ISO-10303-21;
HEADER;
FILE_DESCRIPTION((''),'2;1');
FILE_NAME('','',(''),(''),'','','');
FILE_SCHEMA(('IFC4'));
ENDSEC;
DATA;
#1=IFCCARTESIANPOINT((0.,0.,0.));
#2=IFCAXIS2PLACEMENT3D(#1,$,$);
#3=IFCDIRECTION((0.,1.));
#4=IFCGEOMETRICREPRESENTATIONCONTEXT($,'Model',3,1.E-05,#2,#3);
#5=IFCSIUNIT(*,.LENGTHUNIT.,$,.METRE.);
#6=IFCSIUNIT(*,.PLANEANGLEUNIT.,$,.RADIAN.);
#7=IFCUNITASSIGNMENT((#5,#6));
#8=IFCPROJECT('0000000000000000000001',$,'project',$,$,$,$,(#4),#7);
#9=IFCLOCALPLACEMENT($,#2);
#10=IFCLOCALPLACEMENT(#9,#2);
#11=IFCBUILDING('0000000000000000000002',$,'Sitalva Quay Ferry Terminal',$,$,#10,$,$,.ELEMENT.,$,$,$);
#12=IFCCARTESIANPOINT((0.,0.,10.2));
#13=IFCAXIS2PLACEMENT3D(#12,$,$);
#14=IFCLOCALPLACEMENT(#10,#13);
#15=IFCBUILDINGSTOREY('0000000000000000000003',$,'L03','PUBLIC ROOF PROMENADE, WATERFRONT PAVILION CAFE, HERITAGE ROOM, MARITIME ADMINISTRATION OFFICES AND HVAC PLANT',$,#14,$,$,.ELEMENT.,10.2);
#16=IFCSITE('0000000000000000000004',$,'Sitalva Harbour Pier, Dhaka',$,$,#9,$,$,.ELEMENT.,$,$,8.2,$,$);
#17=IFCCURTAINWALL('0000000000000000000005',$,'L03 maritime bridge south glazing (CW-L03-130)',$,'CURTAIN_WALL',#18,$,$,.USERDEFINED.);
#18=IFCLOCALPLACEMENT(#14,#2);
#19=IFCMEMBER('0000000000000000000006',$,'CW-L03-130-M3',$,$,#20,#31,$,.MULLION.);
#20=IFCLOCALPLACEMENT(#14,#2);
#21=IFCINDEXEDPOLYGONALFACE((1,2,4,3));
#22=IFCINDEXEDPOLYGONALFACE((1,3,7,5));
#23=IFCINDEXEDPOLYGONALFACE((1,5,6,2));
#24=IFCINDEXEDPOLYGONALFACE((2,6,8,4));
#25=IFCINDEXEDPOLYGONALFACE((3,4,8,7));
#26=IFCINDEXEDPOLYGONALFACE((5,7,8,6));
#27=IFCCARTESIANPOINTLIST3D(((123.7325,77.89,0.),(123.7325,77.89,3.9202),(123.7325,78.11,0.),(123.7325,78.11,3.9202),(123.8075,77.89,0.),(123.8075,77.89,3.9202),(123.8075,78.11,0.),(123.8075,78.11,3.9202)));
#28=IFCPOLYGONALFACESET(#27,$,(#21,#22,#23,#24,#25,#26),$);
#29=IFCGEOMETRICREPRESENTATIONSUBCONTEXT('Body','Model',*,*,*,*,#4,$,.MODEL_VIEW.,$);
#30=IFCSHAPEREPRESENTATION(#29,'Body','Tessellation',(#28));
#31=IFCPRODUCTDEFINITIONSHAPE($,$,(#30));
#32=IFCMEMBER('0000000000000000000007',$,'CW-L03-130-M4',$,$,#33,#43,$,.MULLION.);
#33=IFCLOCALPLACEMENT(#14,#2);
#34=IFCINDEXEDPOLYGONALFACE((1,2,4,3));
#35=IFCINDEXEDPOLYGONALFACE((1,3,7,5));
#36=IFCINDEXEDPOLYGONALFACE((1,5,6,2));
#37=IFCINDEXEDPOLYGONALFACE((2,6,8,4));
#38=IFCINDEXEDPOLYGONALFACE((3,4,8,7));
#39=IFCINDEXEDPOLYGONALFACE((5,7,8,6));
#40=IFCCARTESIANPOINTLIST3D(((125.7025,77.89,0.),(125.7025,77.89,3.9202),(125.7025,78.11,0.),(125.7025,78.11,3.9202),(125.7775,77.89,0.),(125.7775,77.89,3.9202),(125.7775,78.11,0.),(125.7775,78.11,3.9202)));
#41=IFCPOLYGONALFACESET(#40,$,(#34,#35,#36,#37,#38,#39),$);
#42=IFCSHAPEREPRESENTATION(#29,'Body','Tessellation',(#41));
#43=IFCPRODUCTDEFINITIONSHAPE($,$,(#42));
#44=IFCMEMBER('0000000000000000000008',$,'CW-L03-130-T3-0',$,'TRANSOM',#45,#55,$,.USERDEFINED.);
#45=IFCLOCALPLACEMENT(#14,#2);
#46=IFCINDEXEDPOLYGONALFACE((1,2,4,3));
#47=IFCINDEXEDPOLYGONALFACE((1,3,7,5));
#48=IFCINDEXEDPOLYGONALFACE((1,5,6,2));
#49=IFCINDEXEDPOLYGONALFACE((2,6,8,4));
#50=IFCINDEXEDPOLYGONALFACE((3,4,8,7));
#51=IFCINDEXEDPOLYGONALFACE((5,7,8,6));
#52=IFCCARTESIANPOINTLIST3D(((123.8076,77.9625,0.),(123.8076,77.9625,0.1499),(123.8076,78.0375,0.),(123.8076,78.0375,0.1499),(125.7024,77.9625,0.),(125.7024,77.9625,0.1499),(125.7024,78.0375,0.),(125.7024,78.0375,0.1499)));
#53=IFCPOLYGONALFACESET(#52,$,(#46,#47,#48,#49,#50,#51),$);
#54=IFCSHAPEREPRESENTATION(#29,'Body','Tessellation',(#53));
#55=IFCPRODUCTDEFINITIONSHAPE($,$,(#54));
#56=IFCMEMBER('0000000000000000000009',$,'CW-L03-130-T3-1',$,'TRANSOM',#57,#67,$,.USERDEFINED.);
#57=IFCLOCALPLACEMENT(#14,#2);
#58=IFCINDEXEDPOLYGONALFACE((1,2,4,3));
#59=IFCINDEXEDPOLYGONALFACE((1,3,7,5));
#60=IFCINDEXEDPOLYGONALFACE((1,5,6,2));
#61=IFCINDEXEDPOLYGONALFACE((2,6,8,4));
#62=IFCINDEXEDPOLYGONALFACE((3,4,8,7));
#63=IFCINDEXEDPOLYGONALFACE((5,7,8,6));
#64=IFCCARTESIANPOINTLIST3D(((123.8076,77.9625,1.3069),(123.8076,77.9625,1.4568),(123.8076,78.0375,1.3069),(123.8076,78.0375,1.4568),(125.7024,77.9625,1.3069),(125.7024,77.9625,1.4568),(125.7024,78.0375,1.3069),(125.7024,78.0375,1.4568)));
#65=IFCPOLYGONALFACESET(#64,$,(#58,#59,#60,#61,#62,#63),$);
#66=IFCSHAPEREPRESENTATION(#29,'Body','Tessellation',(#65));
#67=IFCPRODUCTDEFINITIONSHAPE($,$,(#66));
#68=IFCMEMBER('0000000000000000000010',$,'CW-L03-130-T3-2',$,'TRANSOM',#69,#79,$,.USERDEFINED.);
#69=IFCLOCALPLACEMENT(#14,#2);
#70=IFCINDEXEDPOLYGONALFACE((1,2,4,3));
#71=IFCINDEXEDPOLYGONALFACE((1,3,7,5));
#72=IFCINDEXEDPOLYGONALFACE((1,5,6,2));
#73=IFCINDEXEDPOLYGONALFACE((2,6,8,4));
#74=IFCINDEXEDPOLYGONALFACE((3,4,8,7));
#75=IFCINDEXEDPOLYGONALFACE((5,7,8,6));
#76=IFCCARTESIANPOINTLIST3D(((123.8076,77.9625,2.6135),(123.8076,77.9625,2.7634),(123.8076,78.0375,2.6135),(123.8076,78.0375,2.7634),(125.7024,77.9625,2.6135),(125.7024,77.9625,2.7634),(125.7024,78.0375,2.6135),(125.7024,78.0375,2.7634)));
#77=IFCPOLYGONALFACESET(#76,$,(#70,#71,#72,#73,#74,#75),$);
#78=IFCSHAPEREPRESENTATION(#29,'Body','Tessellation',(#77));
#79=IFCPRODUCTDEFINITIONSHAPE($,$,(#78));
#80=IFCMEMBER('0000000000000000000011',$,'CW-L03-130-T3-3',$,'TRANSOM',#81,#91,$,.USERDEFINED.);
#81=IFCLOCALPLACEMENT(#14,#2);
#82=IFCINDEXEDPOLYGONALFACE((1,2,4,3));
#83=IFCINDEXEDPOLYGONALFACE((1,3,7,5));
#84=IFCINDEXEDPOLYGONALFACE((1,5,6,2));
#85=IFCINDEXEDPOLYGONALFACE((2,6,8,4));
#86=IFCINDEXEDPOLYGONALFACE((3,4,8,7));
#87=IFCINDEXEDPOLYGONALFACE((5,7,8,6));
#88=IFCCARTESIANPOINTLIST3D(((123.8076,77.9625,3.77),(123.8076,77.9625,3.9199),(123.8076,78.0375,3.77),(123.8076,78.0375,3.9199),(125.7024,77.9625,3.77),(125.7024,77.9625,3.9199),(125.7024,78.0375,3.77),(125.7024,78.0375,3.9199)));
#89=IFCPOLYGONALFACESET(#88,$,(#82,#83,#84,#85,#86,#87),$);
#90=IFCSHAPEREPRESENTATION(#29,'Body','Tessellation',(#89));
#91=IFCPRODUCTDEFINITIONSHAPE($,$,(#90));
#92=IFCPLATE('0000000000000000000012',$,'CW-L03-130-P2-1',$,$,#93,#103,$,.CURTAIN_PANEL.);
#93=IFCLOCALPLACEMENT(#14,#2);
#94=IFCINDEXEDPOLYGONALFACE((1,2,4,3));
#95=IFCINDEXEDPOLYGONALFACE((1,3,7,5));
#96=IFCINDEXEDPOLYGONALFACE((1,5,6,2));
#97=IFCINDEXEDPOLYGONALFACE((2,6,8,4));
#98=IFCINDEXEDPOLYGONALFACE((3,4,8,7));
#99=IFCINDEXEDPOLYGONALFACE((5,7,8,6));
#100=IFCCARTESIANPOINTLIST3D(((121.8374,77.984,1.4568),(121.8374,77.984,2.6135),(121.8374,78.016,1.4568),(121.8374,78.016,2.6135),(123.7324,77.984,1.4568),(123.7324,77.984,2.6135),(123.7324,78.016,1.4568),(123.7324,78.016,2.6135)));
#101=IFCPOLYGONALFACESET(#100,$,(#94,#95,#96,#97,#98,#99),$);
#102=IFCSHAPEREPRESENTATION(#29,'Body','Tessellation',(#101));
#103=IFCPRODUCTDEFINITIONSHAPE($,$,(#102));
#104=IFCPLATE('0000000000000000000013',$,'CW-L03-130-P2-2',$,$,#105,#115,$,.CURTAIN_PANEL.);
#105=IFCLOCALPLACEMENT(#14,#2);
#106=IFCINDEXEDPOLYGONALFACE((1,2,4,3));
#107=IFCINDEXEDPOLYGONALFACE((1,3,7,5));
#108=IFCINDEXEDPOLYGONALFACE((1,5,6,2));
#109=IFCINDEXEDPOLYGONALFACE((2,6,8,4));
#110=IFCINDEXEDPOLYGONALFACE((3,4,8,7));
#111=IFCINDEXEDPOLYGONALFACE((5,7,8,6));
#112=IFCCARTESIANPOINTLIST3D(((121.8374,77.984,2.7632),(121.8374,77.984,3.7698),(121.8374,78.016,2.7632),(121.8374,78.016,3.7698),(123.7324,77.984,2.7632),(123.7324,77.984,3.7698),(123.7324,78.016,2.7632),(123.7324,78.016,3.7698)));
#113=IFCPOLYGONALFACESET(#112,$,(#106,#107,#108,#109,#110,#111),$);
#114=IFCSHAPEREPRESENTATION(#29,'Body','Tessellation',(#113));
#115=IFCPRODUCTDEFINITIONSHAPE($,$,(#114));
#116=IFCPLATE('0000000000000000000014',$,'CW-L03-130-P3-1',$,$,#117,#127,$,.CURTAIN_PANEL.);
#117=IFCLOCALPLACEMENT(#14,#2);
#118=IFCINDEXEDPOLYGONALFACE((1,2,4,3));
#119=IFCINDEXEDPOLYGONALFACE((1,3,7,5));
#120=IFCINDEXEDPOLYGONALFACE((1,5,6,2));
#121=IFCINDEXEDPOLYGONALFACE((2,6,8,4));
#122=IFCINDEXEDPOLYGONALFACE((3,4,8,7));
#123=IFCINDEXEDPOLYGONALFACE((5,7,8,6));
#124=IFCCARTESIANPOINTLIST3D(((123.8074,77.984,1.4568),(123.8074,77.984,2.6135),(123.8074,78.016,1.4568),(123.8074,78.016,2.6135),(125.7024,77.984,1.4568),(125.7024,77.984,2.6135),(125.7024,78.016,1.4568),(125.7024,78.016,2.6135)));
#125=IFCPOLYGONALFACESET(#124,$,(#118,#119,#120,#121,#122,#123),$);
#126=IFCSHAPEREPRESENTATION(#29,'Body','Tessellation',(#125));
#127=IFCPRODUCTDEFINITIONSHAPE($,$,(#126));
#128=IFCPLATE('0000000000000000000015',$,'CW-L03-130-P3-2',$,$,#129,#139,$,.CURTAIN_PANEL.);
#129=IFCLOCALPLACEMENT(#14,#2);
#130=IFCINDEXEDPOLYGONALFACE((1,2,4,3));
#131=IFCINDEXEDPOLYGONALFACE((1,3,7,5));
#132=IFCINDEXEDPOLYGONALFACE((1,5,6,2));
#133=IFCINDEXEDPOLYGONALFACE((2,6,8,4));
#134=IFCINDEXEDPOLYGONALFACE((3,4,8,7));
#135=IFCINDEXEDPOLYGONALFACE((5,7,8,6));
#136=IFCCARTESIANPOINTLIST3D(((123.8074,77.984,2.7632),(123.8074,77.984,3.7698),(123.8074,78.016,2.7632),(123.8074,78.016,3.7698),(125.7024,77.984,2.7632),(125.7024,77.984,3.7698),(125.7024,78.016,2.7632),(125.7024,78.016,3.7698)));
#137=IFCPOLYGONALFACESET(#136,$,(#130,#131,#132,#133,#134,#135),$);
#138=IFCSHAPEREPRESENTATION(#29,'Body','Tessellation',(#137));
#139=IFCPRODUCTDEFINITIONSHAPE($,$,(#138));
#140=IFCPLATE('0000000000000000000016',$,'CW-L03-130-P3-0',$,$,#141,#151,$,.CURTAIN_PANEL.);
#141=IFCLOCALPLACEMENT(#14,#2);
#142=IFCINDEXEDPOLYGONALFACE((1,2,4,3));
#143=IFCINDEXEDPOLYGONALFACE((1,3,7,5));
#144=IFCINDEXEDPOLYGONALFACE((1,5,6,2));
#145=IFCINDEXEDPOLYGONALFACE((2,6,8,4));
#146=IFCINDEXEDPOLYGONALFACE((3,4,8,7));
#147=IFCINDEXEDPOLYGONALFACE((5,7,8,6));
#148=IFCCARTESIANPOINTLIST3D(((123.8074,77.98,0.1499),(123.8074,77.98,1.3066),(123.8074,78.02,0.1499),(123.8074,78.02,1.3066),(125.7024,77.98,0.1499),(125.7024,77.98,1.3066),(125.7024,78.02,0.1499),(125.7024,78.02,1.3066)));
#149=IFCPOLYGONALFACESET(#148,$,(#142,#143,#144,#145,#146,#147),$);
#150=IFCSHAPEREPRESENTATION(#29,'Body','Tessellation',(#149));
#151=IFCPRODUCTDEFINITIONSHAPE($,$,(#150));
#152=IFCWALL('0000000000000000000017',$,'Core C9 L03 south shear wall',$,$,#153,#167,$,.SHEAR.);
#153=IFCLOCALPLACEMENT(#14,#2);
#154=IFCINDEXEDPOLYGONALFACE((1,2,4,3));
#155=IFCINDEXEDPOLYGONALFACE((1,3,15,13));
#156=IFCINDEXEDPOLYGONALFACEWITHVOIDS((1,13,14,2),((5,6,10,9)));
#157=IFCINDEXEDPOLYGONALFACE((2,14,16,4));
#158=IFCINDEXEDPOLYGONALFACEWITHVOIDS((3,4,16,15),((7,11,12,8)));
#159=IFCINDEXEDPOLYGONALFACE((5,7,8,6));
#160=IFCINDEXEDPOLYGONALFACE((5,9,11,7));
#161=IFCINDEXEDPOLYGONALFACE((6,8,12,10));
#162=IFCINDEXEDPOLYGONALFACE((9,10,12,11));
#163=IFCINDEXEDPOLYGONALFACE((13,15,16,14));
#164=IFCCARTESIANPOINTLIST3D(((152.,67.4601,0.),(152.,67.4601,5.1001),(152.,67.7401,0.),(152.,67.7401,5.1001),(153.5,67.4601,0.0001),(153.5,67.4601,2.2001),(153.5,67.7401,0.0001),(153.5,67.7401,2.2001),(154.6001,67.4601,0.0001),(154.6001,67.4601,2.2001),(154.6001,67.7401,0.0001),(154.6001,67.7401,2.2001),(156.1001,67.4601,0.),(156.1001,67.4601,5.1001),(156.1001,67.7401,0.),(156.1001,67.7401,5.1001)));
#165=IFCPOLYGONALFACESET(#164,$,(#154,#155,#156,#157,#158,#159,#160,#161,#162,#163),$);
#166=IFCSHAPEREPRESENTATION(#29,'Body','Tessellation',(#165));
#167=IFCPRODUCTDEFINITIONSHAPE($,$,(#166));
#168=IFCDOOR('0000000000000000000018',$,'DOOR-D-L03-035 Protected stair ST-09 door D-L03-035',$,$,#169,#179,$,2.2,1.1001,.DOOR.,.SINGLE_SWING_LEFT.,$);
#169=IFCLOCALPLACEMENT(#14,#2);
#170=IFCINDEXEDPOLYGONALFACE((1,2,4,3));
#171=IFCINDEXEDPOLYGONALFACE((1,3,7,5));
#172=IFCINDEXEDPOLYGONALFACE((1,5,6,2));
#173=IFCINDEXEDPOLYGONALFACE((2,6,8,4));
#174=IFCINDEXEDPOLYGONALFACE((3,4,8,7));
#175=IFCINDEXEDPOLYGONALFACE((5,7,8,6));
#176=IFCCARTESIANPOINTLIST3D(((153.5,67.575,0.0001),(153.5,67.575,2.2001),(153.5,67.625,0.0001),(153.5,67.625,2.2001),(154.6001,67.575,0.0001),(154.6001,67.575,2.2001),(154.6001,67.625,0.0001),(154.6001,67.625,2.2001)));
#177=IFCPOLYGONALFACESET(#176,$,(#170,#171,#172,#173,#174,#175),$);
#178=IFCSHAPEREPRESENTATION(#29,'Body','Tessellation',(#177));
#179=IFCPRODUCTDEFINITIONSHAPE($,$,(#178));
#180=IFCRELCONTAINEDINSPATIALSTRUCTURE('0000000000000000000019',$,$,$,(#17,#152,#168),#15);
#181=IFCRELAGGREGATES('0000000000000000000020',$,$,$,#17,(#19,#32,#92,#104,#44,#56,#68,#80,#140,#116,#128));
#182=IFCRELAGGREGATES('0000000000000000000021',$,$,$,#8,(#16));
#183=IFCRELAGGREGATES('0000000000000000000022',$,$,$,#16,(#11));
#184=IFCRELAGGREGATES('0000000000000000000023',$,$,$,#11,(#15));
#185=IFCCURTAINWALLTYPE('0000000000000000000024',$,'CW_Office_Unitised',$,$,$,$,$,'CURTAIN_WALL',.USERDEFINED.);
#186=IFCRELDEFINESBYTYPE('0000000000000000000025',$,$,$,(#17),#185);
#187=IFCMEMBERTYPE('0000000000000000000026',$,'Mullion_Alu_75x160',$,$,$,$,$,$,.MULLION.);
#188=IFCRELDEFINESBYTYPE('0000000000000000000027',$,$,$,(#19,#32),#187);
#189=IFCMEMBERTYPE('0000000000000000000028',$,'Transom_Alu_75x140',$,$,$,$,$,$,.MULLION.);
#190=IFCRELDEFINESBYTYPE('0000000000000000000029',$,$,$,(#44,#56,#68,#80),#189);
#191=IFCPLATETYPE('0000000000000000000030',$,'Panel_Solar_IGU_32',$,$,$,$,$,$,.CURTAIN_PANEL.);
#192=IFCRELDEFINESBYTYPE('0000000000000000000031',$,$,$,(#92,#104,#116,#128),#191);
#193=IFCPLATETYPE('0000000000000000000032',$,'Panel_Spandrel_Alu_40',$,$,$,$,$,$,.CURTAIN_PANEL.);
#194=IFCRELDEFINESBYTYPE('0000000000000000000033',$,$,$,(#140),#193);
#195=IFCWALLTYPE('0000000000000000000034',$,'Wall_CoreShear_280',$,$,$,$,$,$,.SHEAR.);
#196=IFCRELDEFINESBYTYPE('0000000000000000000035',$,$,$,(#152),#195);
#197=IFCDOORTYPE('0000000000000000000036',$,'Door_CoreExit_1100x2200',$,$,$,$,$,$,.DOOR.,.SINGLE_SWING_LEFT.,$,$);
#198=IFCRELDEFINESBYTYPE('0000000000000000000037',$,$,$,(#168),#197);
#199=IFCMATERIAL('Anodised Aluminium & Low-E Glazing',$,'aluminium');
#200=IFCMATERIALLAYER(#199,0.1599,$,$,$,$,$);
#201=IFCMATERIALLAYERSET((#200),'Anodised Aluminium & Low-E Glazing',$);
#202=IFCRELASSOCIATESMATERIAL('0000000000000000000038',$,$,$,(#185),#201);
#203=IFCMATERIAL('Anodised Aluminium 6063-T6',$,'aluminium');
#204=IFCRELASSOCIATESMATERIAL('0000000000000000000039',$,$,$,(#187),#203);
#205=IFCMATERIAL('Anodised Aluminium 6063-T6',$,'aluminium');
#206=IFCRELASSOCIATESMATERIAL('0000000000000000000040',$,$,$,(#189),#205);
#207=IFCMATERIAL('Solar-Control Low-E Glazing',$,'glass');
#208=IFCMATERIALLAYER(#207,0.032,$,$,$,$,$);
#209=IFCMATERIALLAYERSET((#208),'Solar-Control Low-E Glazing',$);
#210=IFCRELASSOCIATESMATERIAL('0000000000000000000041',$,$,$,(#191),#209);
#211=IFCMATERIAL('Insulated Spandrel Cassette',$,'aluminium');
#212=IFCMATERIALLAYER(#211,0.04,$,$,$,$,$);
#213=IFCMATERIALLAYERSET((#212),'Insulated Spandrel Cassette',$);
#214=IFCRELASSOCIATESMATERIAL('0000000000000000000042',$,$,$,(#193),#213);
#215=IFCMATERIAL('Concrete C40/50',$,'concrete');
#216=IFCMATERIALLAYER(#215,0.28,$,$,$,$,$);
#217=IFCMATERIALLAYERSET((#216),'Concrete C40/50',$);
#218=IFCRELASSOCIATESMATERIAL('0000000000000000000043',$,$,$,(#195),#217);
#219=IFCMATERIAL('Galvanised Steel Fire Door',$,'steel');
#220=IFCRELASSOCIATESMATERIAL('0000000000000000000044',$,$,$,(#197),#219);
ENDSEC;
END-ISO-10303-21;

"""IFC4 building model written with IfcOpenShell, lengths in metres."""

from ifc_helpers import new_model, si_unit, direction, frame, frame_2d, origin, origin_2d, place, context, subcontext, project, spatial, rectangle, extrude, material, layer, layer_set, material_profile, profile_set, type_object, element, fill, aggregate, save


model = new_model("IFC4")

# Units and contexts
model_context = context("Model", 3, precision=1e-05, world=origin(), true_north=direction((0.0, 1.0)))
body_context = subcontext(model_context, "Body", "Model", "MODEL_VIEW")
ifc_project = project(units=[si_unit("LENGTHUNIT", "METRE"), si_unit("PLANEANGLEUNIT", "RADIAN")], contexts=[model_context])

# Site, building, storey
site_placement = place(None, origin())
site = spatial("IfcSite", under=ifc_project, at=site_placement, Name="Sitalva Harbour Pier, Dhaka", CompositionType="ELEMENT", RefElevation=8.2)
building_placement = place(site_placement, origin())
building = spatial("IfcBuilding", under=site, at=building_placement, Name="Sitalva Quay Ferry Terminal", CompositionType="ELEMENT")
storey_placement = place(building_placement, frame((0.0, 0.0, 10.2)))
storey = spatial("IfcBuildingStorey", under=building, at=storey_placement, Name="L03", Description="PUBLIC ROOF PROMENADE, WATERFRONT PAVILION CAFE, HERITAGE ROOM, MARITIME ADMINISTRATION OFFICES AND HVAC PLANT", CompositionType="ELEMENT", Elevation=10.2)

# Curtain wall, members, plates
ifc_material_1 = material(Name="Anodised Aluminium & Low-E Glazing", Category="aluminium")
ifc_layer_1 = layer(ifc_material_1, 0.1599)
ifc_layer_set_1 = layer_set([ifc_layer_1], Name="Anodised Aluminium & Low-E Glazing")
curtain_wall_type = type_object("IfcCurtainWallType", Name="CW_Office_Unitised", ElementType="CURTAIN_WALL", PredefinedType="USERDEFINED", material=ifc_layer_set_1)
curtain_wall_placement = place(storey_placement, origin())
curtain_wall = element("IfcCurtainWall", 1, at=curtain_wall_placement, inside=storey, type_object=curtain_wall_type, Name="L03 maritime bridge south glazing (CW-L03-130)", ObjectType="CURTAIN_WALL", PredefinedType="USERDEFINED")
ifc_material_2 = material(Name="Anodised Aluminium 6063-T6", Category="aluminium")
ifc_material_profile_1 = material_profile(ifc_material_2, rectangle(XDim=0.075, YDim=0.22, at=origin_2d()), Name="ALU75x220")
ifc_profile_set_1 = profile_set([ifc_material_profile_1], Name="Anodised Aluminium 6063-T6")
member_type_1 = type_object("IfcMemberType", Name="Mullion_Alu_75x160", PredefinedType="MULLION", material=ifc_profile_set_1)
member_1_placement = place(storey_placement, frame((123.77, 78.0, 0.0), z_axis=(0.0, 0.0, 1.0), x_axis=(1.0, 0.0, 0.0)))
member_1 = element("IfcMember", 2, at=member_1_placement, type_object=member_type_1, Name="CW-L03-130-M3", PredefinedType="MULLION", context=body_context, shape_type="SweptSolid", body=[
    extrude(rectangle(XDim=0.075, YDim=0.22, at=origin_2d()), origin(), (0.0, 0.0, 1.0), 3.9202),
])
member_2_placement = place(storey_placement, frame((125.74, 78.0, 0.0), z_axis=(0.0, 0.0, 1.0), x_axis=(1.0, 0.0, 0.0)))
member_2 = element("IfcMember", 3, at=member_2_placement, type_object=member_type_1, Name="CW-L03-130-M4", PredefinedType="MULLION", context=body_context, shape_type="SweptSolid", body=[
    extrude(rectangle(XDim=0.075, YDim=0.22, at=origin_2d()), origin(), (0.0, 0.0, 1.0), 3.9202),
])
ifc_material_3 = material(Name="Anodised Aluminium 6063-T6", Category="aluminium")
ifc_material_profile_2 = material_profile(ifc_material_3, rectangle(XDim=0.075, YDim=0.1499, at=origin_2d()), Name="ALU75x150")
ifc_profile_set_2 = profile_set([ifc_material_profile_2], Name="Anodised Aluminium 6063-T6")
member_type_2 = type_object("IfcMemberType", Name="Transom_Alu_75x140", PredefinedType="MULLION", material=ifc_profile_set_2)
member_3_placement = place(storey_placement, frame((123.8076, 78.0, 0.075), z_axis=(1.0, 0.0, 0.0), x_axis=(0.0, 1.0, 0.0)))
member_3 = element("IfcMember", 4, at=member_3_placement, type_object=member_type_2, Name="CW-L03-130-T3-0", ObjectType="TRANSOM", PredefinedType="USERDEFINED", context=body_context, shape_type="SweptSolid", body=[
    extrude(rectangle(XDim=0.075, YDim=0.1499, at=origin_2d()), origin(), (0.0, 0.0, 1.0), 1.8948),
])
member_4_placement = place(storey_placement, frame((123.8076, 78.0, 1.3818), z_axis=(1.0, 0.0, 0.0), x_axis=(0.0, 1.0, 0.0)))
member_4 = element("IfcMember", 5, at=member_4_placement, type_object=member_type_2, Name="CW-L03-130-T3-1", ObjectType="TRANSOM", PredefinedType="USERDEFINED", context=body_context, shape_type="SweptSolid", body=[
    extrude(rectangle(XDim=0.075, YDim=0.1499, at=origin_2d()), origin(), (0.0, 0.0, 1.0), 1.8948),
])
member_5_placement = place(storey_placement, frame((123.8076, 78.0, 2.6885), z_axis=(1.0, 0.0, 0.0), x_axis=(0.0, 1.0, 0.0)))
member_5 = element("IfcMember", 6, at=member_5_placement, type_object=member_type_2, Name="CW-L03-130-T3-2", ObjectType="TRANSOM", PredefinedType="USERDEFINED", context=body_context, shape_type="SweptSolid", body=[
    extrude(rectangle(XDim=0.075, YDim=0.1499, at=origin_2d()), origin(), (0.0, 0.0, 1.0), 1.8948),
])
member_6_placement = place(storey_placement, frame((123.8076, 78.0, 3.845), z_axis=(1.0, 0.0, 0.0), x_axis=(0.0, 1.0, 0.0)))
member_6 = element("IfcMember", 7, at=member_6_placement, type_object=member_type_2, Name="CW-L03-130-T3-3", ObjectType="TRANSOM", PredefinedType="USERDEFINED", context=body_context, shape_type="SweptSolid", body=[
    extrude(rectangle(XDim=0.075, YDim=0.1499, at=origin_2d()), origin(), (0.0, 0.0, 1.0), 1.8948),
])
ifc_material_4 = material(Name="Solar-Control Low-E Glazing", Category="glass")
ifc_layer_2 = layer(ifc_material_4, 0.032)
ifc_layer_set_2 = layer_set([ifc_layer_2], Name="Solar-Control Low-E Glazing")
plate_type_1 = type_object("IfcPlateType", Name="Panel_Solar_IGU_32", PredefinedType="CURTAIN_PANEL", material=ifc_layer_set_2)
plate_1_placement = place(storey_placement, frame((122.7849, 78.0, 1.4568), z_axis=(0.0, 0.0, 1.0), x_axis=(1.0, 0.0, 0.0)))
plate_1 = element("IfcPlate", 8, at=plate_1_placement, type_object=plate_type_1, Name="CW-L03-130-P2-1", PredefinedType="CURTAIN_PANEL", context=body_context, shape_type="SweptSolid", body=[
    extrude(rectangle(XDim=1.895, YDim=0.032, at=origin_2d()), origin(), (0.0, 0.0, 1.0), 1.1567),
])
plate_2_placement = place(storey_placement, frame((122.7849, 78.0, 2.7632), z_axis=(0.0, 0.0, 1.0), x_axis=(1.0, 0.0, 0.0)))
plate_2 = element("IfcPlate", 9, at=plate_2_placement, type_object=plate_type_1, Name="CW-L03-130-P2-2", PredefinedType="CURTAIN_PANEL", context=body_context, shape_type="SweptSolid", body=[
    extrude(rectangle(XDim=1.895, YDim=0.032, at=origin_2d()), origin(), (0.0, 0.0, 1.0), 1.0066),
])
plate_3_placement = place(storey_placement, frame((124.7549, 78.0, 1.4568), z_axis=(0.0, 0.0, 1.0), x_axis=(1.0, 0.0, 0.0)))
plate_3 = element("IfcPlate", 10, at=plate_3_placement, type_object=plate_type_1, Name="CW-L03-130-P3-1", PredefinedType="CURTAIN_PANEL", context=body_context, shape_type="SweptSolid", body=[
    extrude(rectangle(XDim=1.895, YDim=0.032, at=origin_2d()), origin(), (0.0, 0.0, 1.0), 1.1567),
])
plate_4_placement = place(storey_placement, frame((124.7549, 78.0, 2.7632), z_axis=(0.0, 0.0, 1.0), x_axis=(1.0, 0.0, 0.0)))
plate_4 = element("IfcPlate", 11, at=plate_4_placement, type_object=plate_type_1, Name="CW-L03-130-P3-2", PredefinedType="CURTAIN_PANEL", context=body_context, shape_type="SweptSolid", body=[
    extrude(rectangle(XDim=1.895, YDim=0.032, at=origin_2d()), origin(), (0.0, 0.0, 1.0), 1.0066),
])
ifc_material_5 = material(Name="Insulated Spandrel Cassette", Category="aluminium")
ifc_layer_3 = layer(ifc_material_5, 0.04)
ifc_layer_set_3 = layer_set([ifc_layer_3], Name="Insulated Spandrel Cassette")
plate_type_2 = type_object("IfcPlateType", Name="Panel_Spandrel_Alu_40", PredefinedType="CURTAIN_PANEL", material=ifc_layer_set_3)
plate_5_placement = place(storey_placement, frame((124.7549, 78.0, 0.1499), z_axis=(0.0, 0.0, 1.0), x_axis=(1.0, 0.0, 0.0)))
plate_5 = element("IfcPlate", 12, at=plate_5_placement, type_object=plate_type_2, Name="CW-L03-130-P3-0", PredefinedType="CURTAIN_PANEL", context=body_context, shape_type="SweptSolid", body=[
    extrude(rectangle(XDim=1.895, YDim=0.04, at=origin_2d()), origin(), (0.0, 0.0, 1.0), 1.1567),
])
aggregate(curtain_wall, [member_1, member_2, plate_1, plate_2, member_3, member_4, member_5, member_6, plate_5, plate_3, plate_4])

# Wall, opening, door
ifc_material_6 = material(Name="Concrete C40/50", Category="concrete")
ifc_layer_4 = layer(ifc_material_6, 0.28)
ifc_layer_set_4 = layer_set([ifc_layer_4], Name="Concrete C40/50")
wall_type_1 = type_object("IfcWallType", Name="Wall_CoreShear_280", PredefinedType="SHEAR", material=ifc_layer_set_4)
wall_1_placement = place(storey_placement, frame((152.0, 67.6001, 0.0), z_axis=(0.0, 0.0, 1.0), x_axis=(1.0, 0.0, 0.0)))
wall_1 = element("IfcWall", 13, at=wall_1_placement, inside=storey, type_object=wall_type_1, Name="Core C9 L03 south shear wall", PredefinedType="SHEAR", context=body_context, shape_type="SweptSolid", body=[
    extrude(rectangle(XDim=4.1001, YDim=0.28, at=frame_2d((2.05, 0.0))), origin(), (0.0, 0.0, 1.0), 5.1001),
])
opening_placement = place(wall_1_placement, frame((1.5, 0.0, 0.0)))
opening = element("IfcOpeningElement", 14, at=opening_placement, cuts=wall_1, PredefinedType="OPENING", context=body_context, shape_type="SweptSolid", body=[
    extrude(rectangle(XDim=1.1001, YDim=2.2, at=frame_2d((0.55, 1.1001))), frame((0.0, 0.1499, 0.0), z_axis=(0.0, -1.0, 0.0), x_axis=(1.0, 0.0, 0.0)), (0.0, 0.0, 1.0), 0.3),
])
ifc_material_7 = material(Name="Galvanised Steel Fire Door", Category="steel")
door_type = type_object("IfcDoorType", Name="Door_CoreExit_1100x2200", OperationType="SINGLE_SWING_LEFT", PredefinedType="DOOR", material=ifc_material_7)
door_placement = place(opening_placement, origin())
door = element("IfcDoor", 15, at=door_placement, inside=storey, type_object=door_type, Name="DOOR-D-L03-035 Protected stair ST-09 door D-L03-035", OperationType="SINGLE_SWING_LEFT", OverallHeight=2.2, OverallWidth=1.1001, PredefinedType="DOOR", context=body_context, shape_type="SweptSolid", body=[
    extrude(rectangle(XDim=1.1001, YDim=2.2, at=frame_2d((0.55, 1.1001))), frame((0.0, 0.0249, 0.0), z_axis=(0.0, -1.0, 0.0), x_axis=(1.0, 0.0, 0.0)), (0.0, 0.0, 1.0), 0.05),
])
fill(opening, door)

save(model, "model.ifc")
